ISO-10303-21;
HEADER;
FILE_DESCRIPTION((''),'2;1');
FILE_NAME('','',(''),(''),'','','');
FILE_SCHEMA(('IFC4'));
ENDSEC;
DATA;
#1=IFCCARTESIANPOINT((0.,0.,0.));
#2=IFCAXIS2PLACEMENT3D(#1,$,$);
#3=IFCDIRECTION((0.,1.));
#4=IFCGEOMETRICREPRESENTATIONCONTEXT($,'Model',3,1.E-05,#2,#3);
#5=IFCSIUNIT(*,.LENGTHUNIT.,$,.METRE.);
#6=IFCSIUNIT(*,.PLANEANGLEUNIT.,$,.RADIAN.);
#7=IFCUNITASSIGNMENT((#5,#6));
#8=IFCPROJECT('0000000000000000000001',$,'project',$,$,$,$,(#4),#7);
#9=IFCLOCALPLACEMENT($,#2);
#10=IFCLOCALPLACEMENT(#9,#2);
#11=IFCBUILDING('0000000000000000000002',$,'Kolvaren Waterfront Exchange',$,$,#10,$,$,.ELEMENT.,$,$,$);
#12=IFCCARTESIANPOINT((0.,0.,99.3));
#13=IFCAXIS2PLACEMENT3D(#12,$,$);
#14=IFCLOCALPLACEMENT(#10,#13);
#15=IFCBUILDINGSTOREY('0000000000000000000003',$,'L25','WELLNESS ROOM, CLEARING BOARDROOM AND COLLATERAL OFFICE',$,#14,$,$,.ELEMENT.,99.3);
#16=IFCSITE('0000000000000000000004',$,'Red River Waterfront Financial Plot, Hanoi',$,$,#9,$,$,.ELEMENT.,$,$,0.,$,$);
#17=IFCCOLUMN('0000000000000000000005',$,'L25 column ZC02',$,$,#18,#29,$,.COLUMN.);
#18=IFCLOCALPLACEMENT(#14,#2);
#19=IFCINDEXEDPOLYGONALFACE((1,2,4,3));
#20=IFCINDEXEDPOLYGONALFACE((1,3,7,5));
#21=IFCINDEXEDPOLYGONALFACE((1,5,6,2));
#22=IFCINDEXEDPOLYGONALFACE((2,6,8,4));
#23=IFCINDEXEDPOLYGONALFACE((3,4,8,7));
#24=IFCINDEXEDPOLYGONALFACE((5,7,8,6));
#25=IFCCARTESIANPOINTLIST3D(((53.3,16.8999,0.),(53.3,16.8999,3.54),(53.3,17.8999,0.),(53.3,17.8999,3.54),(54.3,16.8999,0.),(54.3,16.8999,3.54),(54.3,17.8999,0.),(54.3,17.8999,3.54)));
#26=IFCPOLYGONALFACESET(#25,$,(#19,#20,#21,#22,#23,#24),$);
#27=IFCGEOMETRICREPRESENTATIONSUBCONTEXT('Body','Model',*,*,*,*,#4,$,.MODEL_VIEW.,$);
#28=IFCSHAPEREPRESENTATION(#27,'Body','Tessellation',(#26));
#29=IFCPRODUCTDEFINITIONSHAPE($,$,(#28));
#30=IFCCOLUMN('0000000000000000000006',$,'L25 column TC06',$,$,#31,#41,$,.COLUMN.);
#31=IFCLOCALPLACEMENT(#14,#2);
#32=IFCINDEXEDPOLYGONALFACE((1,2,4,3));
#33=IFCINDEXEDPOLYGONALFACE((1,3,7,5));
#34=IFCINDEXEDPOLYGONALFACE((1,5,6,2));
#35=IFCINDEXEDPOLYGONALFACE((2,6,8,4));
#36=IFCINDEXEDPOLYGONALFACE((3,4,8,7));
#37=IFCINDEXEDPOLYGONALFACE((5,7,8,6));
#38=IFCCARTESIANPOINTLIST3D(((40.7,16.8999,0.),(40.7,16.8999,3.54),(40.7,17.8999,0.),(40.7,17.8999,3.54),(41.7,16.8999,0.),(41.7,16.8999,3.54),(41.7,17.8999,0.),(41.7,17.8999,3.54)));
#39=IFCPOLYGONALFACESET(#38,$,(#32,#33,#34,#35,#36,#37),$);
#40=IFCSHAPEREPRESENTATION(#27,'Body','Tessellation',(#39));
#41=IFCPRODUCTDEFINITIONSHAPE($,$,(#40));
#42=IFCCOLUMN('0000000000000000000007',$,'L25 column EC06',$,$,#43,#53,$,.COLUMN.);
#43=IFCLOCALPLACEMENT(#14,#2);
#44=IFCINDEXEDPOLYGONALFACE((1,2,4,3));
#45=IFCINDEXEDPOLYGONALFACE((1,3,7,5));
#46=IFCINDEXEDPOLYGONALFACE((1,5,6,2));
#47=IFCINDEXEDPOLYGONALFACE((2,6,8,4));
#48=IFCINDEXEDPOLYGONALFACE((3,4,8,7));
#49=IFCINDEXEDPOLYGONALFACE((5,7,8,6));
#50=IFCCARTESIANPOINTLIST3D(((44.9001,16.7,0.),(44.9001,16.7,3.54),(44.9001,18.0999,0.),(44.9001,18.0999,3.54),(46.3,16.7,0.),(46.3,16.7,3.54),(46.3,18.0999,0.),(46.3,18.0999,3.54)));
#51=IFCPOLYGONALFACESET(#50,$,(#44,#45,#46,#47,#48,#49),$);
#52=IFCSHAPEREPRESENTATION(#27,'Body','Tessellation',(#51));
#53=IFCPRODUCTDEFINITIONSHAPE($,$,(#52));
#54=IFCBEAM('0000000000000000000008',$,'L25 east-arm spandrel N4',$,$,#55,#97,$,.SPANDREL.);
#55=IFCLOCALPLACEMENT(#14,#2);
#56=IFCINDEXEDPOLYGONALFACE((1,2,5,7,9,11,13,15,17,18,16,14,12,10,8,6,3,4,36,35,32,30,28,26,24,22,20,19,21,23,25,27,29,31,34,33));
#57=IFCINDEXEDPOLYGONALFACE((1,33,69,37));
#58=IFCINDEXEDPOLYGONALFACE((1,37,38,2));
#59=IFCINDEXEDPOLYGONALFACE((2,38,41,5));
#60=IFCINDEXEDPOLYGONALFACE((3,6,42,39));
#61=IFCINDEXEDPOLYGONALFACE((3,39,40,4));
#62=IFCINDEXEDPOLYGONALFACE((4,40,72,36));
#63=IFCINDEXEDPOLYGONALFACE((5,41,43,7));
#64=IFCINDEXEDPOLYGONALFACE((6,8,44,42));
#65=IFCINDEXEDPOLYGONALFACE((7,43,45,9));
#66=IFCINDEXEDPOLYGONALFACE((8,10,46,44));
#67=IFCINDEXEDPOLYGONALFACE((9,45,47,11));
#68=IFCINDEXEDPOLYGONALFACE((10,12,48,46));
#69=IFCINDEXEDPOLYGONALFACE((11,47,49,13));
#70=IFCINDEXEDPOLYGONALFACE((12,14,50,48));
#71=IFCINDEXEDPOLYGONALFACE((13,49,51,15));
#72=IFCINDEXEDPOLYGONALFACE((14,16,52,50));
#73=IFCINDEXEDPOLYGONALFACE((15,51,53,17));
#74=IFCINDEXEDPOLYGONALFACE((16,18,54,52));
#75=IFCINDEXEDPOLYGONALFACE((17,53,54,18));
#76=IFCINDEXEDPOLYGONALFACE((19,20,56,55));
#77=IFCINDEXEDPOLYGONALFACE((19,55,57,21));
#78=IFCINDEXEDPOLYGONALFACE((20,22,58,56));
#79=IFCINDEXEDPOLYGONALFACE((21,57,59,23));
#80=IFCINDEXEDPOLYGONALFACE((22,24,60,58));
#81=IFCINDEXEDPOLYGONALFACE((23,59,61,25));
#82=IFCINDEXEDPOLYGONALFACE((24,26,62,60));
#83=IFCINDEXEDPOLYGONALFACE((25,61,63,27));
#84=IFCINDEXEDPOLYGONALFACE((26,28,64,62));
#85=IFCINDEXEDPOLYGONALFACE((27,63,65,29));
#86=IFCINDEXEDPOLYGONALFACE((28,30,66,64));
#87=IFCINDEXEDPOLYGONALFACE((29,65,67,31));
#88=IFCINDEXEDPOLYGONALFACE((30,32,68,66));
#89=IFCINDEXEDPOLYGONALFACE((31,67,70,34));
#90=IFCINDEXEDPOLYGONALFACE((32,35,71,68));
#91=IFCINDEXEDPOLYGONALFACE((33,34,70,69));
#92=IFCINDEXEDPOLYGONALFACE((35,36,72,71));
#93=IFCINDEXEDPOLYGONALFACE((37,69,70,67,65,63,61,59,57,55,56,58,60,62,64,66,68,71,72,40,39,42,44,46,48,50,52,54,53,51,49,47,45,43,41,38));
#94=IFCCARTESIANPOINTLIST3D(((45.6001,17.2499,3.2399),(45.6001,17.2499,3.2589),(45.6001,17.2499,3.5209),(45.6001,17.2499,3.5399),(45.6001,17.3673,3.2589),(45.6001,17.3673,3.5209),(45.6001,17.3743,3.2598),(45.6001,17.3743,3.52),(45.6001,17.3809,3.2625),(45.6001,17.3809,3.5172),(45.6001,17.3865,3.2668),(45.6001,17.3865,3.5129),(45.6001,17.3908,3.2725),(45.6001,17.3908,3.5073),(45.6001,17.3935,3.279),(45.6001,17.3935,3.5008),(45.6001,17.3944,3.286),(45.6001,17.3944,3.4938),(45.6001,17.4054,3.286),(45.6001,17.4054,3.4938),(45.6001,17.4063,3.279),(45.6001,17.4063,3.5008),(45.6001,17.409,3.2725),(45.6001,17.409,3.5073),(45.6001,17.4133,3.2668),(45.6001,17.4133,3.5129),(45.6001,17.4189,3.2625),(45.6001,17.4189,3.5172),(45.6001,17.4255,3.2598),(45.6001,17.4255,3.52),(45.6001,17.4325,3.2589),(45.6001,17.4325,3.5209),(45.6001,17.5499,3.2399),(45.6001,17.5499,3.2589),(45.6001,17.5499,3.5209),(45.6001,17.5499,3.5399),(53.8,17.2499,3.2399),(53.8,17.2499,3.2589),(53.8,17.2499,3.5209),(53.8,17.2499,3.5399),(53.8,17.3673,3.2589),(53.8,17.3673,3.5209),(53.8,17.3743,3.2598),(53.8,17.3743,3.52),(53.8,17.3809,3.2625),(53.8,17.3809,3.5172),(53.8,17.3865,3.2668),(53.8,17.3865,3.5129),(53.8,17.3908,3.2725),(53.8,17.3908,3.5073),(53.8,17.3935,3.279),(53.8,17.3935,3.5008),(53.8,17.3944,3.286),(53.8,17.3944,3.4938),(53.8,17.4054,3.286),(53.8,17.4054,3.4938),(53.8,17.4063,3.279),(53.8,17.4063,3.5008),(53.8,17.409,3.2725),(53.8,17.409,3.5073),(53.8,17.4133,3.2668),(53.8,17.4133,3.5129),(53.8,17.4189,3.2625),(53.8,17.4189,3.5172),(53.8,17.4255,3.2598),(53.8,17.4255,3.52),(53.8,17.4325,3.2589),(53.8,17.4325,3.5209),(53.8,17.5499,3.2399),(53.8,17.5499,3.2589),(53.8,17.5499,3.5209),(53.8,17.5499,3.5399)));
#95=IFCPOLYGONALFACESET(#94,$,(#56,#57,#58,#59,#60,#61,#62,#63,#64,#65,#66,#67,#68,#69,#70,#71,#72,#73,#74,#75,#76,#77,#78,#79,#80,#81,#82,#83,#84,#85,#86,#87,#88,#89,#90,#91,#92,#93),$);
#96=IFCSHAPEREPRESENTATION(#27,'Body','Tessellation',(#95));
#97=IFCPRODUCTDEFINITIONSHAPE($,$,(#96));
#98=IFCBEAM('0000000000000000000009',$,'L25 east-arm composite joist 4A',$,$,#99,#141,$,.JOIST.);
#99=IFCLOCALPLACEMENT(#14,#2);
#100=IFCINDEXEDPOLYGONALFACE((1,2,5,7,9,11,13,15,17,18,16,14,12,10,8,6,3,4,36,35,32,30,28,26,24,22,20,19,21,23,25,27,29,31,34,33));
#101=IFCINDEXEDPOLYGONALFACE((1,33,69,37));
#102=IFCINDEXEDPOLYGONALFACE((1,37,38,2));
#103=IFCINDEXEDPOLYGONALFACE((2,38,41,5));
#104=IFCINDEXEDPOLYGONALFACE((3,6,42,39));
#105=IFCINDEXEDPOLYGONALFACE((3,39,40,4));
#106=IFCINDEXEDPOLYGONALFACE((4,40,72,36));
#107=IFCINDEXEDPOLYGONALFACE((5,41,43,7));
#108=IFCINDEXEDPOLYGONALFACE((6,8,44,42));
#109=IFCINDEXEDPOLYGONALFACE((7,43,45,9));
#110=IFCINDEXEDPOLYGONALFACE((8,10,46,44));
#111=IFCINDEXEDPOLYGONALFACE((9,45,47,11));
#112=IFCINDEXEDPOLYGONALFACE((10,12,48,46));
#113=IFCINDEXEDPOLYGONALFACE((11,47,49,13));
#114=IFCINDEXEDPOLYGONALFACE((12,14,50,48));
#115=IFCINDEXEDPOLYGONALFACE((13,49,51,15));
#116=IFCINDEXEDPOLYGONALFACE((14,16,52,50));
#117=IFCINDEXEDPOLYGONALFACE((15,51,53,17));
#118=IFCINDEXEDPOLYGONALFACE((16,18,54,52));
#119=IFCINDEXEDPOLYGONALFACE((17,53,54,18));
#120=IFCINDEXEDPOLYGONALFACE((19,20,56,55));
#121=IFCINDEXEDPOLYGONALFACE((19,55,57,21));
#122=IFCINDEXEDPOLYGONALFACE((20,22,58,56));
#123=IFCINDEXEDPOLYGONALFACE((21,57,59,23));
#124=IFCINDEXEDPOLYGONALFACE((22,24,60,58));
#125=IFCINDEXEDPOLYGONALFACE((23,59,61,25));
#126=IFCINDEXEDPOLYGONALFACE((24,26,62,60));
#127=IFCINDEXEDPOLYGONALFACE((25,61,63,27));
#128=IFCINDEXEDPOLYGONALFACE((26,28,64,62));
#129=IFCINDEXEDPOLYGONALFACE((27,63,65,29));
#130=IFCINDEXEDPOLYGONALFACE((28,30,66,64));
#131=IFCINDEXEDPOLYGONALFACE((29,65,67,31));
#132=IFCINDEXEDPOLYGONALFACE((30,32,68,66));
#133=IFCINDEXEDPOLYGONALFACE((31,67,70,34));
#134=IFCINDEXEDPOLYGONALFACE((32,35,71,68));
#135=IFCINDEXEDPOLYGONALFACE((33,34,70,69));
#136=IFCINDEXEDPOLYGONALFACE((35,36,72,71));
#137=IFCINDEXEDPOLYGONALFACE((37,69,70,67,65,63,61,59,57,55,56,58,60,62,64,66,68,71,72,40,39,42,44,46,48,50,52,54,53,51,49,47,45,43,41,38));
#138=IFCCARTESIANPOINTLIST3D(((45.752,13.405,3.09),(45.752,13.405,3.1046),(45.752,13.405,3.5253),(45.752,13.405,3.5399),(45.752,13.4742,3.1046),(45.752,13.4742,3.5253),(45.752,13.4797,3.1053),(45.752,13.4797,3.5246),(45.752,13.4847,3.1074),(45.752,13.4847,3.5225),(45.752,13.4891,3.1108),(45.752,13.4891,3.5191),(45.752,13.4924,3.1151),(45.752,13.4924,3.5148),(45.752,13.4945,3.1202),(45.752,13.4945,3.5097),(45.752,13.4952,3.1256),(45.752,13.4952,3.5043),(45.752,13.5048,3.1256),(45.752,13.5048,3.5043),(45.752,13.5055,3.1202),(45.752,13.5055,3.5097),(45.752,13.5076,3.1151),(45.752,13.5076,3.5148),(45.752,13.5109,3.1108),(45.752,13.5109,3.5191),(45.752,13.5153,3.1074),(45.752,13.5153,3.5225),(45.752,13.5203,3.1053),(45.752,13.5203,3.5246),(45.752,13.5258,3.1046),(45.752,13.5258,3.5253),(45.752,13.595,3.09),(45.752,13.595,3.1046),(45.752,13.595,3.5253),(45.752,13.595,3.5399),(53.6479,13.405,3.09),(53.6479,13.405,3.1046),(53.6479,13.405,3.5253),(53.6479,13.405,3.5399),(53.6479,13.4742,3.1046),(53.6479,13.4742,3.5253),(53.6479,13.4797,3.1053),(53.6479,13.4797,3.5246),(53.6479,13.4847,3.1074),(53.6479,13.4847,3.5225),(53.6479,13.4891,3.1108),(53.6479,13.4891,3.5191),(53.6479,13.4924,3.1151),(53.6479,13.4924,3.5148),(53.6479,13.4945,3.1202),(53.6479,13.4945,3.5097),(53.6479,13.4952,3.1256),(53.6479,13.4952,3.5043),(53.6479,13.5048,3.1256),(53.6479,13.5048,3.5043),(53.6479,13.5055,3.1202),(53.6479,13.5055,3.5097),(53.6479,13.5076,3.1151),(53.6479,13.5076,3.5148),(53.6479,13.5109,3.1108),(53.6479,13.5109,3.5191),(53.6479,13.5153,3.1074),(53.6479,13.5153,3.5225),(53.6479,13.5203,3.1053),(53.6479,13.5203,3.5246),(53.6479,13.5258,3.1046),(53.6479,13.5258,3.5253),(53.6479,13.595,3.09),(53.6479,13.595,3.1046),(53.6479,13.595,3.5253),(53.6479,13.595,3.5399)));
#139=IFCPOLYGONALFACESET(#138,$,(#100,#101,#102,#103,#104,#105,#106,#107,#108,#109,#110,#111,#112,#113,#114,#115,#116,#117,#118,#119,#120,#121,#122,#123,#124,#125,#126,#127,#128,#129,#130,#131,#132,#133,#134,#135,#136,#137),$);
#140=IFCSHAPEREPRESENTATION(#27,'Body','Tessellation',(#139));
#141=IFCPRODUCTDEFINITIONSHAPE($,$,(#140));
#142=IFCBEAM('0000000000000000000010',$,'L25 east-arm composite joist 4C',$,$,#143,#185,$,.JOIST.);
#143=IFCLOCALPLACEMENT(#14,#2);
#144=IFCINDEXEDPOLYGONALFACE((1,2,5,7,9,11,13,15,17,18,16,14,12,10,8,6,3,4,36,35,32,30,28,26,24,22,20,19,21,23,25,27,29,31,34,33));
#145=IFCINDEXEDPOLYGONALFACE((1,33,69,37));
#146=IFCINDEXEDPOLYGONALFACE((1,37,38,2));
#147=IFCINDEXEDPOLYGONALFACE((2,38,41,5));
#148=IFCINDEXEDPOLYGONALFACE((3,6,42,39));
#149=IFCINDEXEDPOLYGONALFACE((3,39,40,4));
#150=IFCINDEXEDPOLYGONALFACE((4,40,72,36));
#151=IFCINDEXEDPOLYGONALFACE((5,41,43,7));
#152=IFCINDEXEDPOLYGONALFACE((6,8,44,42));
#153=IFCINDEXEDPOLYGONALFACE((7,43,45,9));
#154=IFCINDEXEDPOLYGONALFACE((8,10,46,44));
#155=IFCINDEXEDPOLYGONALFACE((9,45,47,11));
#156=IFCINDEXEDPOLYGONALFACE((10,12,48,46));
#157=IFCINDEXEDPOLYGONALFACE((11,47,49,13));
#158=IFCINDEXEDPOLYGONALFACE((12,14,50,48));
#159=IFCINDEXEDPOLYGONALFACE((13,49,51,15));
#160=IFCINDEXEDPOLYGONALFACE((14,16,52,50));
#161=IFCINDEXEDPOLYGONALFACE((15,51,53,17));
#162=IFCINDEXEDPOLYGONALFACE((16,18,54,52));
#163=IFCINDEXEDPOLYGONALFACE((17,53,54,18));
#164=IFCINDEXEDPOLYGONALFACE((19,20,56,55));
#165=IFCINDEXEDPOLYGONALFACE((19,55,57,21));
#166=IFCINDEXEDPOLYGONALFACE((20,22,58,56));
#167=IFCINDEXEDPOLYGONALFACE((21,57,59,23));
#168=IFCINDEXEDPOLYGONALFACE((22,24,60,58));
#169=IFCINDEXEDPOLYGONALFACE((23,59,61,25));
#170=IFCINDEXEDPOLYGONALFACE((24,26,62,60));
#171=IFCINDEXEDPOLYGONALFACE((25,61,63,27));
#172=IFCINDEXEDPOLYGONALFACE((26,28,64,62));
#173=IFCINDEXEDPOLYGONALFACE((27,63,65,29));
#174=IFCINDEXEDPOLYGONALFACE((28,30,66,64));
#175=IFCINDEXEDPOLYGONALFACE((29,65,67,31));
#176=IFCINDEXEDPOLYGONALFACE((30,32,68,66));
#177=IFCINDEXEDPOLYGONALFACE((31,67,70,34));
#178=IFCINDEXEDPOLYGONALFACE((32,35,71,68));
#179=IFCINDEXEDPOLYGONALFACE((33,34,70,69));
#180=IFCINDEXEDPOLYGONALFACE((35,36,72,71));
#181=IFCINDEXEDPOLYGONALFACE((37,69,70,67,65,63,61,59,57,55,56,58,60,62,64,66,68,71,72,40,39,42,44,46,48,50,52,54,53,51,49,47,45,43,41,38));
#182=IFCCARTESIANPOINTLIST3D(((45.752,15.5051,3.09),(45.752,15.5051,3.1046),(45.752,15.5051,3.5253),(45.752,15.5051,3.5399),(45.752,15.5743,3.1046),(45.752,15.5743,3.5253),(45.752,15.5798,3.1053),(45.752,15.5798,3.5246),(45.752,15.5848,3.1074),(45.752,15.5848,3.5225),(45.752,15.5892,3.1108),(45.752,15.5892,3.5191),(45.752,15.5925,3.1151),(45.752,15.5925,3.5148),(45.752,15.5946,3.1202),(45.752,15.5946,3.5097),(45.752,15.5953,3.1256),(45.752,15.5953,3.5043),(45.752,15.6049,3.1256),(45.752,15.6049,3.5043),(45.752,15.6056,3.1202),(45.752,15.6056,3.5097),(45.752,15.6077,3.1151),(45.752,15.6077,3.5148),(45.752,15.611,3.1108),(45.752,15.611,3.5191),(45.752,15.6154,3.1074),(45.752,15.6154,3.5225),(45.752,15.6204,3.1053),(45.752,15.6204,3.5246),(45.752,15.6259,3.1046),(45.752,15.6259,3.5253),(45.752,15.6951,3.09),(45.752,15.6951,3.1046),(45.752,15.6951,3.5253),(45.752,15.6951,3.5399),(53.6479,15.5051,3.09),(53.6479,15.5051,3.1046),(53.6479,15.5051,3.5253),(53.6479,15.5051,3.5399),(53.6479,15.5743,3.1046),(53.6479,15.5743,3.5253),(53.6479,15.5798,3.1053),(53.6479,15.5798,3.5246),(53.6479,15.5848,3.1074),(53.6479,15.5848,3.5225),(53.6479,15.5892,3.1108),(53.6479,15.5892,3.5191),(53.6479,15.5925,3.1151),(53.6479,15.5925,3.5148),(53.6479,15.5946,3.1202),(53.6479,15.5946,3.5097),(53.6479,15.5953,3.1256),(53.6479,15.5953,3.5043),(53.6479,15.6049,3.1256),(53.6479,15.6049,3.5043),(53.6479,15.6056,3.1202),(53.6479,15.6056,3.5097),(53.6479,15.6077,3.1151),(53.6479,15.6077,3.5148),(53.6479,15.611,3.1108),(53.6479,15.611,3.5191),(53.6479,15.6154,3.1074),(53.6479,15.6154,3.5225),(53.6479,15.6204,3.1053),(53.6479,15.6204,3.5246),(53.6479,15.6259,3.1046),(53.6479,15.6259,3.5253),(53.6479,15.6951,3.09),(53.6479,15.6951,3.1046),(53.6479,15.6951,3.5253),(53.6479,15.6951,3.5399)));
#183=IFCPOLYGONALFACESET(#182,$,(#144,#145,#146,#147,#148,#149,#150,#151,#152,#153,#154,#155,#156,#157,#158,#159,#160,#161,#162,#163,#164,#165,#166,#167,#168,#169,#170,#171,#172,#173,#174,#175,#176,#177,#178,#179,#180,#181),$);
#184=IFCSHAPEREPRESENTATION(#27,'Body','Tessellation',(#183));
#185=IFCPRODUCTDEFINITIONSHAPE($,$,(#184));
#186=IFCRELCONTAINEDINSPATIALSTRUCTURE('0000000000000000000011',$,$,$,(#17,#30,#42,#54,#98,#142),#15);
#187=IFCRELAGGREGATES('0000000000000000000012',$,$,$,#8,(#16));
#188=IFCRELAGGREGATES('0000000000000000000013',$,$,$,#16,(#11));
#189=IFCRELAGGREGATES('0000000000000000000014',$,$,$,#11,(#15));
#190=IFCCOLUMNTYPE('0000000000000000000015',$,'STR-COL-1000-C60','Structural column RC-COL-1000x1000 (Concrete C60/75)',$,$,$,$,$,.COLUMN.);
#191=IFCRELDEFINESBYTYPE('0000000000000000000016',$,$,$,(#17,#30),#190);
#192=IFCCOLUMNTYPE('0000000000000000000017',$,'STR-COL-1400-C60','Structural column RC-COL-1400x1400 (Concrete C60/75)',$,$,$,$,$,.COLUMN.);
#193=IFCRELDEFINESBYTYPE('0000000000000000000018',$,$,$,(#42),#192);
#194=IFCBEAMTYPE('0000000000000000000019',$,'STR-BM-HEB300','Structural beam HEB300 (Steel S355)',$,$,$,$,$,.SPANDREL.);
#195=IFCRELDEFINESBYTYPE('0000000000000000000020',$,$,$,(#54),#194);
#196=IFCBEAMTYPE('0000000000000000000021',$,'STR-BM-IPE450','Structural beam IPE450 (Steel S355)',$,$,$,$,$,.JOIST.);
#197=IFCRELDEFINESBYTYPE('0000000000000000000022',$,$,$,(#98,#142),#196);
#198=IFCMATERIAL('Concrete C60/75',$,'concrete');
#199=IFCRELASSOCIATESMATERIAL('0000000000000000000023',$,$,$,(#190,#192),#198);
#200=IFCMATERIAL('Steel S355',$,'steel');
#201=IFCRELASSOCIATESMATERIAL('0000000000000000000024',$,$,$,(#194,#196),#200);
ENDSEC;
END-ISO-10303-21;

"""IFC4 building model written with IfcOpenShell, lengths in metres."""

from ifc_helpers import new_model, si_unit, direction, frame, origin, origin_2d, place, context, subcontext, project, spatial, rectangle, i_section, extrude, material, material_profile, profile_set, type_object, element, save


model = new_model("IFC4")

# Units and contexts
model_context = context("Model", 3, precision=1e-05, world=origin(), true_north=direction((0.0, 1.0)))
body_context = subcontext(model_context, "Body", "Model", "MODEL_VIEW")
ifc_project = project(units=[si_unit("LENGTHUNIT", "METRE"), si_unit("PLANEANGLEUNIT", "RADIAN")], contexts=[model_context])

# Site, building, storey
site_placement = place(None, origin())
site = spatial("IfcSite", under=ifc_project, at=site_placement, Name="Red River Waterfront Financial Plot, Hanoi", CompositionType="ELEMENT", RefElevation=0.0)
building_placement = place(site_placement, origin())
building = spatial("IfcBuilding", under=site, at=building_placement, Name="Kolvaren Waterfront Exchange", CompositionType="ELEMENT")
storey_placement = place(building_placement, frame((0.0, 0.0, 99.3)))
storey = spatial("IfcBuildingStorey", under=building, at=storey_placement, Name="L25", Description="WELLNESS ROOM, CLEARING BOARDROOM AND COLLATERAL OFFICE", CompositionType="ELEMENT", Elevation=99.3)

# Columns
ifc_material_1 = material(Name="Concrete C60/75", Category="concrete")
ifc_material_profile_1 = material_profile(ifc_material_1, rectangle(XDim=1.0, YDim=1.0, at=origin_2d()), Name="RC-COL-1000x1000")
ifc_profile_set_1 = profile_set([ifc_material_profile_1], Name="Concrete C60/75")
column_type_1 = type_object("IfcColumnType", Name="STR-COL-1000-C60", Description="Structural column RC-COL-1000x1000 (Concrete C60/75)", PredefinedType="COLUMN", material=ifc_profile_set_1)
for number, where, z_axis, x_axis, name in (
    (1, (53.8, 17.3999, 0.0), (0.0, 0.0, 1.0), (1.0, 0.0, 0.0), "L25 column ZC02"),
    (2, (41.2, 17.3999, 0.0), (0.0, 0.0, 1.0), (1.0, 0.0, 0.0), "L25 column TC06"),
):
    element("IfcColumn", number, at=place(storey_placement, frame(where, z_axis=z_axis, x_axis=x_axis)), inside=storey, type_object=column_type_1, Name=name, PredefinedType="COLUMN", context=body_context, shape_type="SweptSolid", body=[
        extrude(rectangle(XDim=1.0, YDim=1.0, at=origin_2d()), origin(), (0.0, 0.0, 1.0), 3.54),
    ])
ifc_material_profile_2 = material_profile(ifc_material_1, rectangle(XDim=1.3999, YDim=1.3999, at=origin_2d()), Name="RC-COL-1400x1400")
ifc_profile_set_2 = profile_set([ifc_material_profile_2], Name="Concrete C60/75")
column_type_2 = type_object("IfcColumnType", Name="STR-COL-1400-C60", Description="Structural column RC-COL-1400x1400 (Concrete C60/75)", PredefinedType="COLUMN", material=ifc_profile_set_2)
column_placement = place(storey_placement, frame((45.6001, 17.3999, 0.0), z_axis=(0.0, 0.0, 1.0), x_axis=(1.0, 0.0, 0.0)))
element("IfcColumn", 3, at=column_placement, inside=storey, type_object=column_type_2, Name="L25 column EC06", PredefinedType="COLUMN", context=body_context, shape_type="SweptSolid", body=[
    extrude(rectangle(XDim=1.3999, YDim=1.3999, at=origin_2d()), origin(), (0.0, 0.0, 1.0), 3.54),
])

# Beams
ifc_material_2 = material(Name="Steel S355", Category="steel")
ifc_material_profile_3 = material_profile(ifc_material_2, i_section(OverallWidth=0.3, OverallDepth=0.3, WebThickness=0.011, FlangeThickness=0.019, FilletRadius=0.0271, at=origin_2d()), Name="HEB300")
ifc_profile_set_3 = profile_set([ifc_material_profile_3], Name="Steel S355")
beam_type_1 = type_object("IfcBeamType", Name="STR-BM-HEB300", Description="Structural beam HEB300 (Steel S355)", PredefinedType="SPANDREL", material=ifc_profile_set_3)
beam_placement = place(storey_placement, frame((45.6001, 17.3999, 3.3899), z_axis=(1.0, 0.0, 0.0), x_axis=(0.0, 1.0, 0.0)))
element("IfcBeam", 4, at=beam_placement, inside=storey, type_object=beam_type_1, Name="L25 east-arm spandrel N4", PredefinedType="SPANDREL", context=body_context, shape_type="SweptSolid", body=[
    extrude(i_section(OverallWidth=0.3, OverallDepth=0.3, WebThickness=0.011, FlangeThickness=0.019, FilletRadius=0.0271, at=origin_2d()), origin(), (0.0, 0.0, 1.0), 8.2),
])
ifc_material_profile_4 = material_profile(ifc_material_2, i_section(OverallWidth=0.1899, OverallDepth=0.45, WebThickness=0.0095, FlangeThickness=0.0146, FilletRadius=0.021, at=origin_2d()), Name="IPE450")
ifc_profile_set_4 = profile_set([ifc_material_profile_4], Name="Steel S355")
beam_type_2 = type_object("IfcBeamType", Name="STR-BM-IPE450", Description="Structural beam IPE450 (Steel S355)", PredefinedType="JOIST", material=ifc_profile_set_4)
for number, where, z_axis, x_axis, name in (
    (5, (45.752, 13.5, 3.3149), (1.0, 0.0, 0.0), (0.0, 1.0, 0.0), "L25 east-arm composite joist 4A"),
    (6, (45.752, 15.6001, 3.3149), (1.0, 0.0, 0.0), (0.0, 1.0, 0.0), "L25 east-arm composite joist 4C"),
):
    element("IfcBeam", number, at=place(storey_placement, frame(where, z_axis=z_axis, x_axis=x_axis)), inside=storey, type_object=beam_type_2, Name=name, PredefinedType="JOIST", context=body_context, shape_type="SweptSolid", body=[
        extrude(i_section(OverallWidth=0.1899, OverallDepth=0.45, WebThickness=0.0095, FlangeThickness=0.0146, FilletRadius=0.021, at=origin_2d()), origin(), (0.0, 0.0, 1.0), 7.896),
    ])

save(model, "model.ifc")
